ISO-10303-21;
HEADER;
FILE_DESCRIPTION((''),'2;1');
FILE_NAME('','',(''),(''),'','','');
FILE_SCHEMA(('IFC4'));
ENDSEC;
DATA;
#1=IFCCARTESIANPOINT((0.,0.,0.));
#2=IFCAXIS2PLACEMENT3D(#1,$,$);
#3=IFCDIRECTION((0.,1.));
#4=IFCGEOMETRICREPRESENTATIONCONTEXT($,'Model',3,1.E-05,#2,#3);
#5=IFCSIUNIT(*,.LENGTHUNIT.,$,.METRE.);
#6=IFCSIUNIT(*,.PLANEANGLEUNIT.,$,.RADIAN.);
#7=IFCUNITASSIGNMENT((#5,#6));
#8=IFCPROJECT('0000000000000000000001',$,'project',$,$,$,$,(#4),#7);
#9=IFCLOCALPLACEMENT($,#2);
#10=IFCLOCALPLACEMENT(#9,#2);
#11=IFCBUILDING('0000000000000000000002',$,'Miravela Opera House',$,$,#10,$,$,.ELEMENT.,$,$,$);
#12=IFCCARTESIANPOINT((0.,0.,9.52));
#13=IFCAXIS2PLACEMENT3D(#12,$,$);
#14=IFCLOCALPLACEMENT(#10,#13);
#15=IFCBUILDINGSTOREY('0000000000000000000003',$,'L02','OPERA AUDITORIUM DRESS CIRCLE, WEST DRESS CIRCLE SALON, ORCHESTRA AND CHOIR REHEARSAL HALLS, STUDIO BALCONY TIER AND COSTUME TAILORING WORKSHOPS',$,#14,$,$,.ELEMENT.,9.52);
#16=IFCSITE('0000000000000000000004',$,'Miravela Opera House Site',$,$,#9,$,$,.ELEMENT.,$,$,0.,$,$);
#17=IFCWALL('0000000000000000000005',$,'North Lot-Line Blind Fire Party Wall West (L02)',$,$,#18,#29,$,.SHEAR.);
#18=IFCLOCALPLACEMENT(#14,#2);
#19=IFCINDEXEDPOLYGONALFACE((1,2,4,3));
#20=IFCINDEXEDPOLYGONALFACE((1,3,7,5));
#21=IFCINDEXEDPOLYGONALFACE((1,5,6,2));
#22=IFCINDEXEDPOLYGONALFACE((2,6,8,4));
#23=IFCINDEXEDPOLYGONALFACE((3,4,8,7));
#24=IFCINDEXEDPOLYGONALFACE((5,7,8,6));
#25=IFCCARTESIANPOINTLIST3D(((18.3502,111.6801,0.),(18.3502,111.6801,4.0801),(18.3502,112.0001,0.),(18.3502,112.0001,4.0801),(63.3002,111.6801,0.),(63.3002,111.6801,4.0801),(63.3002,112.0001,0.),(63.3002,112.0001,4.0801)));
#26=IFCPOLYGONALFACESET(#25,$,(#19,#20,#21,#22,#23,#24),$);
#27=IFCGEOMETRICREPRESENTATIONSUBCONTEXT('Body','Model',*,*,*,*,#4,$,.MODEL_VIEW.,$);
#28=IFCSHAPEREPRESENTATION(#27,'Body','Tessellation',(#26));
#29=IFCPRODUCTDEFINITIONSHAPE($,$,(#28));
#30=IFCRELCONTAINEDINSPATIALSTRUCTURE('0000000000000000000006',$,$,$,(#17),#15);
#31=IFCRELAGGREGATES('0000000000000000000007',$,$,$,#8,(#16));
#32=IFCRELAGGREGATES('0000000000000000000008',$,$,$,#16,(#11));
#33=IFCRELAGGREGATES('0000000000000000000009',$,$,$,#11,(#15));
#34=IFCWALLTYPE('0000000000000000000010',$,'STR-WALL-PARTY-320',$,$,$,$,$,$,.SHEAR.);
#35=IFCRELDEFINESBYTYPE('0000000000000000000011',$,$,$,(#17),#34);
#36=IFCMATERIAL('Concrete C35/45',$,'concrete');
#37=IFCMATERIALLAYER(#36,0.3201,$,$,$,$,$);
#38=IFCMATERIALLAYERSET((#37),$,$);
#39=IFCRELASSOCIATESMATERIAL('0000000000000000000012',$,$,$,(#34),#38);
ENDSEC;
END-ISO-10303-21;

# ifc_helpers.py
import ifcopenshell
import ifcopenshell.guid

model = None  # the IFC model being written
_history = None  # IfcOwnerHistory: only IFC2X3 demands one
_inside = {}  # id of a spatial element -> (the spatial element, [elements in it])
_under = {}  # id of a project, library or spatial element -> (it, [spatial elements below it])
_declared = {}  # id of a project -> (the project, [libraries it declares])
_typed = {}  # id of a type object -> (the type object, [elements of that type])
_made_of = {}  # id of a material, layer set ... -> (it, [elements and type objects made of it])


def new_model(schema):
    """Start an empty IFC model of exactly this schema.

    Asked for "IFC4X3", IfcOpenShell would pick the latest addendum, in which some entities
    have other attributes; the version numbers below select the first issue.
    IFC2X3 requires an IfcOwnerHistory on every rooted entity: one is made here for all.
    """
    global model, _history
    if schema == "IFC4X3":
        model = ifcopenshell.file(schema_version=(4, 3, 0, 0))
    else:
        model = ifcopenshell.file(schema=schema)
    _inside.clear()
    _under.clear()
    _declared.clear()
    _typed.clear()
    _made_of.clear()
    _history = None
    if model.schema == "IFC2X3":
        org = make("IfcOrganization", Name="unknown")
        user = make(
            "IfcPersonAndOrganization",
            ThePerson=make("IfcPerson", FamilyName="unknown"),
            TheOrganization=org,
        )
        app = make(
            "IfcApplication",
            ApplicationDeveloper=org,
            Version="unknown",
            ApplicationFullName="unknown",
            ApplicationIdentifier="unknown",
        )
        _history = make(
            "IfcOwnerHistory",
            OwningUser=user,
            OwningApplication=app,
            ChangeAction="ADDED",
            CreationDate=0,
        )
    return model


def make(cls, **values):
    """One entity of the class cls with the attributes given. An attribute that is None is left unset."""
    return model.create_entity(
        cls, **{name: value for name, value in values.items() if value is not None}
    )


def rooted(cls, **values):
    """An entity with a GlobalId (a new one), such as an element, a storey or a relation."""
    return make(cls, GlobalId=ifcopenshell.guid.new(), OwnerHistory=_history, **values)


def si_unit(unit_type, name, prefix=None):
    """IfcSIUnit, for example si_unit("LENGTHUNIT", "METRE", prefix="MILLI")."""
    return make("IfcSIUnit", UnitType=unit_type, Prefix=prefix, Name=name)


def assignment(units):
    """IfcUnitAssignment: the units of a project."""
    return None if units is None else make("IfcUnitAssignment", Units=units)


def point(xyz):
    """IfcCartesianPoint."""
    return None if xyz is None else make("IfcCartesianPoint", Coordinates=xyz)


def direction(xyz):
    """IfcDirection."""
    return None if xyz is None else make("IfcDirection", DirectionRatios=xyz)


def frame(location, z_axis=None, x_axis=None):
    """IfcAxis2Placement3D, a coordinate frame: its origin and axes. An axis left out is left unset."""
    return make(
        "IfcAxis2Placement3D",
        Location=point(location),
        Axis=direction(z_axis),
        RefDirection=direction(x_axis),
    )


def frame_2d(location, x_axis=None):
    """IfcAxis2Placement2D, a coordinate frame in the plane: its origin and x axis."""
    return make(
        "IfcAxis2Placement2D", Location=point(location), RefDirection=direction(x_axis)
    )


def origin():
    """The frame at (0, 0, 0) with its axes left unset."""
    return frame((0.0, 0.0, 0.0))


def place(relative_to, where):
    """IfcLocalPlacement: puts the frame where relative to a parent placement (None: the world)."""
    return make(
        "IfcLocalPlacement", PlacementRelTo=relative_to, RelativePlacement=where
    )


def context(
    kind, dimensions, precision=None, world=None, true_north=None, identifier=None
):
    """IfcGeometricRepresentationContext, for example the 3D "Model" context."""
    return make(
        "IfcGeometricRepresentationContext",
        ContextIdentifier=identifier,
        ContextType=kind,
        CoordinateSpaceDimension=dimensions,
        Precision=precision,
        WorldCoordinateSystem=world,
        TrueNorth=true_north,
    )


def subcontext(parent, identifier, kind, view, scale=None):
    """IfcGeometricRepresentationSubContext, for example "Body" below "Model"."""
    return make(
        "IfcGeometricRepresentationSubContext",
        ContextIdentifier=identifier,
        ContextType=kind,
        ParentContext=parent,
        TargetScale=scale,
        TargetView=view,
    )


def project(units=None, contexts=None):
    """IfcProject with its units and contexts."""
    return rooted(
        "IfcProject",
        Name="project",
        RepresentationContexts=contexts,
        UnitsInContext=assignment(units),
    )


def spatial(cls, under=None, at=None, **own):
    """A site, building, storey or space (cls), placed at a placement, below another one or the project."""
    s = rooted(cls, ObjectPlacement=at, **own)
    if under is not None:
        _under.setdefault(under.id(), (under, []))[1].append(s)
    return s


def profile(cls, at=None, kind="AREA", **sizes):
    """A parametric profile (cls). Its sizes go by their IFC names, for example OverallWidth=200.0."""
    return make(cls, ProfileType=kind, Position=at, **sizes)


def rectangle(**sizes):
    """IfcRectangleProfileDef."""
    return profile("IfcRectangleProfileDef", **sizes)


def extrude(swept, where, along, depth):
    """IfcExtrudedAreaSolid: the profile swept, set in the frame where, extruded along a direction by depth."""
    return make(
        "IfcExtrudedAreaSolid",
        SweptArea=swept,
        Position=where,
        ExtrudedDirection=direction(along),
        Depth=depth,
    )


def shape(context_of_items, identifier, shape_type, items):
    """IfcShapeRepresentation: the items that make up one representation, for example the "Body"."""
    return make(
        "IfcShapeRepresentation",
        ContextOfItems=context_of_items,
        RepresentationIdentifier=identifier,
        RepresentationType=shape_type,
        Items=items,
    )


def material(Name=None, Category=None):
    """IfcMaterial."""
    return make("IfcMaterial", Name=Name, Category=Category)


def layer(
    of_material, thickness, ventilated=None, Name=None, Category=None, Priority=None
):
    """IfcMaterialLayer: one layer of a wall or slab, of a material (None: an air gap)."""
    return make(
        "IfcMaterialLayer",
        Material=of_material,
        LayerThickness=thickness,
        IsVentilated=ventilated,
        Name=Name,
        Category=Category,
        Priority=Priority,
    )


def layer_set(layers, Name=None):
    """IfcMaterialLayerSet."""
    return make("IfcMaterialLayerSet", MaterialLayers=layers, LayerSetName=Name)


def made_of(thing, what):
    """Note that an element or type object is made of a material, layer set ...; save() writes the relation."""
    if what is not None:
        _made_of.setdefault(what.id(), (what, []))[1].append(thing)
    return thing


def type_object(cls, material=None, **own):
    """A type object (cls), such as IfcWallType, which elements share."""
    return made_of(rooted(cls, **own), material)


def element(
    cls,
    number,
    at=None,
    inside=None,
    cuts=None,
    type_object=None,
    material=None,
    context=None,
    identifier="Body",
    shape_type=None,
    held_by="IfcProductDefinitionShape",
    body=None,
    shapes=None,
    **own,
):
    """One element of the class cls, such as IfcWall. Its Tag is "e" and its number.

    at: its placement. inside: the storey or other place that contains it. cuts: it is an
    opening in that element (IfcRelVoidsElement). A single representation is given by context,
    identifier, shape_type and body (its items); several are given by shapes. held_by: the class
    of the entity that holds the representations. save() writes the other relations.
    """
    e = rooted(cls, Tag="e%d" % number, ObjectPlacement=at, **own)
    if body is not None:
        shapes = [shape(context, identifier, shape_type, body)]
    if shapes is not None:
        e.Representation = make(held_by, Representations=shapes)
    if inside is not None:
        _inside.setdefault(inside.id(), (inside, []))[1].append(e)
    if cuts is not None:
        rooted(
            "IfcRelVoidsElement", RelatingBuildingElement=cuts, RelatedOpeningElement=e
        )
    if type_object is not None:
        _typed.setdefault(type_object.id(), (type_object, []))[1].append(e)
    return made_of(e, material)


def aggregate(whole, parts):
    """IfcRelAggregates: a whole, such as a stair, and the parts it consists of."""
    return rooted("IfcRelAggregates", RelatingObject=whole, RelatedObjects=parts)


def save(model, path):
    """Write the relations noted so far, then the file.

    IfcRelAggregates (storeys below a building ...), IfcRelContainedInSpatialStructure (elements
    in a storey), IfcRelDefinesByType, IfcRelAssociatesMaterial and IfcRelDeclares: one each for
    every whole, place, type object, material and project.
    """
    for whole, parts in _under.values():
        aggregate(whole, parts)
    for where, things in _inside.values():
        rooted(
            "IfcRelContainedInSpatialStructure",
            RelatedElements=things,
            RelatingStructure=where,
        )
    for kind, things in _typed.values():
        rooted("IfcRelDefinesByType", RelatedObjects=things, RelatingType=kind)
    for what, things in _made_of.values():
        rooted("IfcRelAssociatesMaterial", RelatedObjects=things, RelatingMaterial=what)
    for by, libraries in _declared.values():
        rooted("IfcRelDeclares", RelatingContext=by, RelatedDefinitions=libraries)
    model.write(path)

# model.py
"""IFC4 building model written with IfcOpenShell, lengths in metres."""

from ifc_helpers import new_model, si_unit, direction, frame, frame_2d, origin, place, context, subcontext, project, spatial, rectangle, extrude, material, layer, layer_set, type_object, element, save


model = new_model("IFC4")

# Units and contexts
model_context = context("Model", 3, precision=1e-05, world=origin(), true_north=direction((0.0, 1.0)))
body_context = subcontext(model_context, "Body", "Model", "MODEL_VIEW")
ifc_project = project(units=[si_unit("LENGTHUNIT", "METRE"), si_unit("PLANEANGLEUNIT", "RADIAN")], contexts=[model_context])

# Site, building, storey
site_placement = place(None, origin())
site = spatial("IfcSite", under=ifc_project, at=site_placement, Name="Miravela Opera House Site", CompositionType="ELEMENT", RefElevation=0.0)
building_placement = place(site_placement, origin())
building = spatial("IfcBuilding", under=site, at=building_placement, Name="Miravela Opera House", CompositionType="ELEMENT")
storey_placement = place(building_placement, frame((0.0, 0.0, 9.52)))
storey = spatial("IfcBuildingStorey", under=building, at=storey_placement, Name="L02", Description="OPERA AUDITORIUM DRESS CIRCLE, WEST DRESS CIRCLE SALON, ORCHESTRA AND CHOIR REHEARSAL HALLS, STUDIO BALCONY TIER AND COSTUME TAILORING WORKSHOPS", CompositionType="ELEMENT", Elevation=9.52)

# Shared definitions
ifc_material_1 = material(Name="Concrete C35/45", Category="concrete")

# Wall
ifc_layer_1 = layer(ifc_material_1, 0.3201)
ifc_layer_set_1 = layer_set([ifc_layer_1])
wall_type_1 = type_object("IfcWallType", Name="STR-WALL-PARTY-320", PredefinedType="SHEAR", material=ifc_layer_set_1)
wall_1_placement = place(storey_placement, frame((18.3501, 111.8401, 0.0), z_axis=(0.0, 0.0, 1.0), x_axis=(1.0, 0.0, 0.0)))
element("IfcWall", 1, at=wall_1_placement, inside=storey, type_object=wall_type_1, Name="North Lot-Line Blind Fire Party Wall West (L02)", PredefinedType="SHEAR", context=body_context, shape_type="SweptSolid", body=[
    extrude(rectangle(XDim=44.95, YDim=0.3201, at=frame_2d((22.4751, 0.0))), origin(), (0.0, 0.0, 1.0), 4.0801),
])

save(model, "model.ifc")
